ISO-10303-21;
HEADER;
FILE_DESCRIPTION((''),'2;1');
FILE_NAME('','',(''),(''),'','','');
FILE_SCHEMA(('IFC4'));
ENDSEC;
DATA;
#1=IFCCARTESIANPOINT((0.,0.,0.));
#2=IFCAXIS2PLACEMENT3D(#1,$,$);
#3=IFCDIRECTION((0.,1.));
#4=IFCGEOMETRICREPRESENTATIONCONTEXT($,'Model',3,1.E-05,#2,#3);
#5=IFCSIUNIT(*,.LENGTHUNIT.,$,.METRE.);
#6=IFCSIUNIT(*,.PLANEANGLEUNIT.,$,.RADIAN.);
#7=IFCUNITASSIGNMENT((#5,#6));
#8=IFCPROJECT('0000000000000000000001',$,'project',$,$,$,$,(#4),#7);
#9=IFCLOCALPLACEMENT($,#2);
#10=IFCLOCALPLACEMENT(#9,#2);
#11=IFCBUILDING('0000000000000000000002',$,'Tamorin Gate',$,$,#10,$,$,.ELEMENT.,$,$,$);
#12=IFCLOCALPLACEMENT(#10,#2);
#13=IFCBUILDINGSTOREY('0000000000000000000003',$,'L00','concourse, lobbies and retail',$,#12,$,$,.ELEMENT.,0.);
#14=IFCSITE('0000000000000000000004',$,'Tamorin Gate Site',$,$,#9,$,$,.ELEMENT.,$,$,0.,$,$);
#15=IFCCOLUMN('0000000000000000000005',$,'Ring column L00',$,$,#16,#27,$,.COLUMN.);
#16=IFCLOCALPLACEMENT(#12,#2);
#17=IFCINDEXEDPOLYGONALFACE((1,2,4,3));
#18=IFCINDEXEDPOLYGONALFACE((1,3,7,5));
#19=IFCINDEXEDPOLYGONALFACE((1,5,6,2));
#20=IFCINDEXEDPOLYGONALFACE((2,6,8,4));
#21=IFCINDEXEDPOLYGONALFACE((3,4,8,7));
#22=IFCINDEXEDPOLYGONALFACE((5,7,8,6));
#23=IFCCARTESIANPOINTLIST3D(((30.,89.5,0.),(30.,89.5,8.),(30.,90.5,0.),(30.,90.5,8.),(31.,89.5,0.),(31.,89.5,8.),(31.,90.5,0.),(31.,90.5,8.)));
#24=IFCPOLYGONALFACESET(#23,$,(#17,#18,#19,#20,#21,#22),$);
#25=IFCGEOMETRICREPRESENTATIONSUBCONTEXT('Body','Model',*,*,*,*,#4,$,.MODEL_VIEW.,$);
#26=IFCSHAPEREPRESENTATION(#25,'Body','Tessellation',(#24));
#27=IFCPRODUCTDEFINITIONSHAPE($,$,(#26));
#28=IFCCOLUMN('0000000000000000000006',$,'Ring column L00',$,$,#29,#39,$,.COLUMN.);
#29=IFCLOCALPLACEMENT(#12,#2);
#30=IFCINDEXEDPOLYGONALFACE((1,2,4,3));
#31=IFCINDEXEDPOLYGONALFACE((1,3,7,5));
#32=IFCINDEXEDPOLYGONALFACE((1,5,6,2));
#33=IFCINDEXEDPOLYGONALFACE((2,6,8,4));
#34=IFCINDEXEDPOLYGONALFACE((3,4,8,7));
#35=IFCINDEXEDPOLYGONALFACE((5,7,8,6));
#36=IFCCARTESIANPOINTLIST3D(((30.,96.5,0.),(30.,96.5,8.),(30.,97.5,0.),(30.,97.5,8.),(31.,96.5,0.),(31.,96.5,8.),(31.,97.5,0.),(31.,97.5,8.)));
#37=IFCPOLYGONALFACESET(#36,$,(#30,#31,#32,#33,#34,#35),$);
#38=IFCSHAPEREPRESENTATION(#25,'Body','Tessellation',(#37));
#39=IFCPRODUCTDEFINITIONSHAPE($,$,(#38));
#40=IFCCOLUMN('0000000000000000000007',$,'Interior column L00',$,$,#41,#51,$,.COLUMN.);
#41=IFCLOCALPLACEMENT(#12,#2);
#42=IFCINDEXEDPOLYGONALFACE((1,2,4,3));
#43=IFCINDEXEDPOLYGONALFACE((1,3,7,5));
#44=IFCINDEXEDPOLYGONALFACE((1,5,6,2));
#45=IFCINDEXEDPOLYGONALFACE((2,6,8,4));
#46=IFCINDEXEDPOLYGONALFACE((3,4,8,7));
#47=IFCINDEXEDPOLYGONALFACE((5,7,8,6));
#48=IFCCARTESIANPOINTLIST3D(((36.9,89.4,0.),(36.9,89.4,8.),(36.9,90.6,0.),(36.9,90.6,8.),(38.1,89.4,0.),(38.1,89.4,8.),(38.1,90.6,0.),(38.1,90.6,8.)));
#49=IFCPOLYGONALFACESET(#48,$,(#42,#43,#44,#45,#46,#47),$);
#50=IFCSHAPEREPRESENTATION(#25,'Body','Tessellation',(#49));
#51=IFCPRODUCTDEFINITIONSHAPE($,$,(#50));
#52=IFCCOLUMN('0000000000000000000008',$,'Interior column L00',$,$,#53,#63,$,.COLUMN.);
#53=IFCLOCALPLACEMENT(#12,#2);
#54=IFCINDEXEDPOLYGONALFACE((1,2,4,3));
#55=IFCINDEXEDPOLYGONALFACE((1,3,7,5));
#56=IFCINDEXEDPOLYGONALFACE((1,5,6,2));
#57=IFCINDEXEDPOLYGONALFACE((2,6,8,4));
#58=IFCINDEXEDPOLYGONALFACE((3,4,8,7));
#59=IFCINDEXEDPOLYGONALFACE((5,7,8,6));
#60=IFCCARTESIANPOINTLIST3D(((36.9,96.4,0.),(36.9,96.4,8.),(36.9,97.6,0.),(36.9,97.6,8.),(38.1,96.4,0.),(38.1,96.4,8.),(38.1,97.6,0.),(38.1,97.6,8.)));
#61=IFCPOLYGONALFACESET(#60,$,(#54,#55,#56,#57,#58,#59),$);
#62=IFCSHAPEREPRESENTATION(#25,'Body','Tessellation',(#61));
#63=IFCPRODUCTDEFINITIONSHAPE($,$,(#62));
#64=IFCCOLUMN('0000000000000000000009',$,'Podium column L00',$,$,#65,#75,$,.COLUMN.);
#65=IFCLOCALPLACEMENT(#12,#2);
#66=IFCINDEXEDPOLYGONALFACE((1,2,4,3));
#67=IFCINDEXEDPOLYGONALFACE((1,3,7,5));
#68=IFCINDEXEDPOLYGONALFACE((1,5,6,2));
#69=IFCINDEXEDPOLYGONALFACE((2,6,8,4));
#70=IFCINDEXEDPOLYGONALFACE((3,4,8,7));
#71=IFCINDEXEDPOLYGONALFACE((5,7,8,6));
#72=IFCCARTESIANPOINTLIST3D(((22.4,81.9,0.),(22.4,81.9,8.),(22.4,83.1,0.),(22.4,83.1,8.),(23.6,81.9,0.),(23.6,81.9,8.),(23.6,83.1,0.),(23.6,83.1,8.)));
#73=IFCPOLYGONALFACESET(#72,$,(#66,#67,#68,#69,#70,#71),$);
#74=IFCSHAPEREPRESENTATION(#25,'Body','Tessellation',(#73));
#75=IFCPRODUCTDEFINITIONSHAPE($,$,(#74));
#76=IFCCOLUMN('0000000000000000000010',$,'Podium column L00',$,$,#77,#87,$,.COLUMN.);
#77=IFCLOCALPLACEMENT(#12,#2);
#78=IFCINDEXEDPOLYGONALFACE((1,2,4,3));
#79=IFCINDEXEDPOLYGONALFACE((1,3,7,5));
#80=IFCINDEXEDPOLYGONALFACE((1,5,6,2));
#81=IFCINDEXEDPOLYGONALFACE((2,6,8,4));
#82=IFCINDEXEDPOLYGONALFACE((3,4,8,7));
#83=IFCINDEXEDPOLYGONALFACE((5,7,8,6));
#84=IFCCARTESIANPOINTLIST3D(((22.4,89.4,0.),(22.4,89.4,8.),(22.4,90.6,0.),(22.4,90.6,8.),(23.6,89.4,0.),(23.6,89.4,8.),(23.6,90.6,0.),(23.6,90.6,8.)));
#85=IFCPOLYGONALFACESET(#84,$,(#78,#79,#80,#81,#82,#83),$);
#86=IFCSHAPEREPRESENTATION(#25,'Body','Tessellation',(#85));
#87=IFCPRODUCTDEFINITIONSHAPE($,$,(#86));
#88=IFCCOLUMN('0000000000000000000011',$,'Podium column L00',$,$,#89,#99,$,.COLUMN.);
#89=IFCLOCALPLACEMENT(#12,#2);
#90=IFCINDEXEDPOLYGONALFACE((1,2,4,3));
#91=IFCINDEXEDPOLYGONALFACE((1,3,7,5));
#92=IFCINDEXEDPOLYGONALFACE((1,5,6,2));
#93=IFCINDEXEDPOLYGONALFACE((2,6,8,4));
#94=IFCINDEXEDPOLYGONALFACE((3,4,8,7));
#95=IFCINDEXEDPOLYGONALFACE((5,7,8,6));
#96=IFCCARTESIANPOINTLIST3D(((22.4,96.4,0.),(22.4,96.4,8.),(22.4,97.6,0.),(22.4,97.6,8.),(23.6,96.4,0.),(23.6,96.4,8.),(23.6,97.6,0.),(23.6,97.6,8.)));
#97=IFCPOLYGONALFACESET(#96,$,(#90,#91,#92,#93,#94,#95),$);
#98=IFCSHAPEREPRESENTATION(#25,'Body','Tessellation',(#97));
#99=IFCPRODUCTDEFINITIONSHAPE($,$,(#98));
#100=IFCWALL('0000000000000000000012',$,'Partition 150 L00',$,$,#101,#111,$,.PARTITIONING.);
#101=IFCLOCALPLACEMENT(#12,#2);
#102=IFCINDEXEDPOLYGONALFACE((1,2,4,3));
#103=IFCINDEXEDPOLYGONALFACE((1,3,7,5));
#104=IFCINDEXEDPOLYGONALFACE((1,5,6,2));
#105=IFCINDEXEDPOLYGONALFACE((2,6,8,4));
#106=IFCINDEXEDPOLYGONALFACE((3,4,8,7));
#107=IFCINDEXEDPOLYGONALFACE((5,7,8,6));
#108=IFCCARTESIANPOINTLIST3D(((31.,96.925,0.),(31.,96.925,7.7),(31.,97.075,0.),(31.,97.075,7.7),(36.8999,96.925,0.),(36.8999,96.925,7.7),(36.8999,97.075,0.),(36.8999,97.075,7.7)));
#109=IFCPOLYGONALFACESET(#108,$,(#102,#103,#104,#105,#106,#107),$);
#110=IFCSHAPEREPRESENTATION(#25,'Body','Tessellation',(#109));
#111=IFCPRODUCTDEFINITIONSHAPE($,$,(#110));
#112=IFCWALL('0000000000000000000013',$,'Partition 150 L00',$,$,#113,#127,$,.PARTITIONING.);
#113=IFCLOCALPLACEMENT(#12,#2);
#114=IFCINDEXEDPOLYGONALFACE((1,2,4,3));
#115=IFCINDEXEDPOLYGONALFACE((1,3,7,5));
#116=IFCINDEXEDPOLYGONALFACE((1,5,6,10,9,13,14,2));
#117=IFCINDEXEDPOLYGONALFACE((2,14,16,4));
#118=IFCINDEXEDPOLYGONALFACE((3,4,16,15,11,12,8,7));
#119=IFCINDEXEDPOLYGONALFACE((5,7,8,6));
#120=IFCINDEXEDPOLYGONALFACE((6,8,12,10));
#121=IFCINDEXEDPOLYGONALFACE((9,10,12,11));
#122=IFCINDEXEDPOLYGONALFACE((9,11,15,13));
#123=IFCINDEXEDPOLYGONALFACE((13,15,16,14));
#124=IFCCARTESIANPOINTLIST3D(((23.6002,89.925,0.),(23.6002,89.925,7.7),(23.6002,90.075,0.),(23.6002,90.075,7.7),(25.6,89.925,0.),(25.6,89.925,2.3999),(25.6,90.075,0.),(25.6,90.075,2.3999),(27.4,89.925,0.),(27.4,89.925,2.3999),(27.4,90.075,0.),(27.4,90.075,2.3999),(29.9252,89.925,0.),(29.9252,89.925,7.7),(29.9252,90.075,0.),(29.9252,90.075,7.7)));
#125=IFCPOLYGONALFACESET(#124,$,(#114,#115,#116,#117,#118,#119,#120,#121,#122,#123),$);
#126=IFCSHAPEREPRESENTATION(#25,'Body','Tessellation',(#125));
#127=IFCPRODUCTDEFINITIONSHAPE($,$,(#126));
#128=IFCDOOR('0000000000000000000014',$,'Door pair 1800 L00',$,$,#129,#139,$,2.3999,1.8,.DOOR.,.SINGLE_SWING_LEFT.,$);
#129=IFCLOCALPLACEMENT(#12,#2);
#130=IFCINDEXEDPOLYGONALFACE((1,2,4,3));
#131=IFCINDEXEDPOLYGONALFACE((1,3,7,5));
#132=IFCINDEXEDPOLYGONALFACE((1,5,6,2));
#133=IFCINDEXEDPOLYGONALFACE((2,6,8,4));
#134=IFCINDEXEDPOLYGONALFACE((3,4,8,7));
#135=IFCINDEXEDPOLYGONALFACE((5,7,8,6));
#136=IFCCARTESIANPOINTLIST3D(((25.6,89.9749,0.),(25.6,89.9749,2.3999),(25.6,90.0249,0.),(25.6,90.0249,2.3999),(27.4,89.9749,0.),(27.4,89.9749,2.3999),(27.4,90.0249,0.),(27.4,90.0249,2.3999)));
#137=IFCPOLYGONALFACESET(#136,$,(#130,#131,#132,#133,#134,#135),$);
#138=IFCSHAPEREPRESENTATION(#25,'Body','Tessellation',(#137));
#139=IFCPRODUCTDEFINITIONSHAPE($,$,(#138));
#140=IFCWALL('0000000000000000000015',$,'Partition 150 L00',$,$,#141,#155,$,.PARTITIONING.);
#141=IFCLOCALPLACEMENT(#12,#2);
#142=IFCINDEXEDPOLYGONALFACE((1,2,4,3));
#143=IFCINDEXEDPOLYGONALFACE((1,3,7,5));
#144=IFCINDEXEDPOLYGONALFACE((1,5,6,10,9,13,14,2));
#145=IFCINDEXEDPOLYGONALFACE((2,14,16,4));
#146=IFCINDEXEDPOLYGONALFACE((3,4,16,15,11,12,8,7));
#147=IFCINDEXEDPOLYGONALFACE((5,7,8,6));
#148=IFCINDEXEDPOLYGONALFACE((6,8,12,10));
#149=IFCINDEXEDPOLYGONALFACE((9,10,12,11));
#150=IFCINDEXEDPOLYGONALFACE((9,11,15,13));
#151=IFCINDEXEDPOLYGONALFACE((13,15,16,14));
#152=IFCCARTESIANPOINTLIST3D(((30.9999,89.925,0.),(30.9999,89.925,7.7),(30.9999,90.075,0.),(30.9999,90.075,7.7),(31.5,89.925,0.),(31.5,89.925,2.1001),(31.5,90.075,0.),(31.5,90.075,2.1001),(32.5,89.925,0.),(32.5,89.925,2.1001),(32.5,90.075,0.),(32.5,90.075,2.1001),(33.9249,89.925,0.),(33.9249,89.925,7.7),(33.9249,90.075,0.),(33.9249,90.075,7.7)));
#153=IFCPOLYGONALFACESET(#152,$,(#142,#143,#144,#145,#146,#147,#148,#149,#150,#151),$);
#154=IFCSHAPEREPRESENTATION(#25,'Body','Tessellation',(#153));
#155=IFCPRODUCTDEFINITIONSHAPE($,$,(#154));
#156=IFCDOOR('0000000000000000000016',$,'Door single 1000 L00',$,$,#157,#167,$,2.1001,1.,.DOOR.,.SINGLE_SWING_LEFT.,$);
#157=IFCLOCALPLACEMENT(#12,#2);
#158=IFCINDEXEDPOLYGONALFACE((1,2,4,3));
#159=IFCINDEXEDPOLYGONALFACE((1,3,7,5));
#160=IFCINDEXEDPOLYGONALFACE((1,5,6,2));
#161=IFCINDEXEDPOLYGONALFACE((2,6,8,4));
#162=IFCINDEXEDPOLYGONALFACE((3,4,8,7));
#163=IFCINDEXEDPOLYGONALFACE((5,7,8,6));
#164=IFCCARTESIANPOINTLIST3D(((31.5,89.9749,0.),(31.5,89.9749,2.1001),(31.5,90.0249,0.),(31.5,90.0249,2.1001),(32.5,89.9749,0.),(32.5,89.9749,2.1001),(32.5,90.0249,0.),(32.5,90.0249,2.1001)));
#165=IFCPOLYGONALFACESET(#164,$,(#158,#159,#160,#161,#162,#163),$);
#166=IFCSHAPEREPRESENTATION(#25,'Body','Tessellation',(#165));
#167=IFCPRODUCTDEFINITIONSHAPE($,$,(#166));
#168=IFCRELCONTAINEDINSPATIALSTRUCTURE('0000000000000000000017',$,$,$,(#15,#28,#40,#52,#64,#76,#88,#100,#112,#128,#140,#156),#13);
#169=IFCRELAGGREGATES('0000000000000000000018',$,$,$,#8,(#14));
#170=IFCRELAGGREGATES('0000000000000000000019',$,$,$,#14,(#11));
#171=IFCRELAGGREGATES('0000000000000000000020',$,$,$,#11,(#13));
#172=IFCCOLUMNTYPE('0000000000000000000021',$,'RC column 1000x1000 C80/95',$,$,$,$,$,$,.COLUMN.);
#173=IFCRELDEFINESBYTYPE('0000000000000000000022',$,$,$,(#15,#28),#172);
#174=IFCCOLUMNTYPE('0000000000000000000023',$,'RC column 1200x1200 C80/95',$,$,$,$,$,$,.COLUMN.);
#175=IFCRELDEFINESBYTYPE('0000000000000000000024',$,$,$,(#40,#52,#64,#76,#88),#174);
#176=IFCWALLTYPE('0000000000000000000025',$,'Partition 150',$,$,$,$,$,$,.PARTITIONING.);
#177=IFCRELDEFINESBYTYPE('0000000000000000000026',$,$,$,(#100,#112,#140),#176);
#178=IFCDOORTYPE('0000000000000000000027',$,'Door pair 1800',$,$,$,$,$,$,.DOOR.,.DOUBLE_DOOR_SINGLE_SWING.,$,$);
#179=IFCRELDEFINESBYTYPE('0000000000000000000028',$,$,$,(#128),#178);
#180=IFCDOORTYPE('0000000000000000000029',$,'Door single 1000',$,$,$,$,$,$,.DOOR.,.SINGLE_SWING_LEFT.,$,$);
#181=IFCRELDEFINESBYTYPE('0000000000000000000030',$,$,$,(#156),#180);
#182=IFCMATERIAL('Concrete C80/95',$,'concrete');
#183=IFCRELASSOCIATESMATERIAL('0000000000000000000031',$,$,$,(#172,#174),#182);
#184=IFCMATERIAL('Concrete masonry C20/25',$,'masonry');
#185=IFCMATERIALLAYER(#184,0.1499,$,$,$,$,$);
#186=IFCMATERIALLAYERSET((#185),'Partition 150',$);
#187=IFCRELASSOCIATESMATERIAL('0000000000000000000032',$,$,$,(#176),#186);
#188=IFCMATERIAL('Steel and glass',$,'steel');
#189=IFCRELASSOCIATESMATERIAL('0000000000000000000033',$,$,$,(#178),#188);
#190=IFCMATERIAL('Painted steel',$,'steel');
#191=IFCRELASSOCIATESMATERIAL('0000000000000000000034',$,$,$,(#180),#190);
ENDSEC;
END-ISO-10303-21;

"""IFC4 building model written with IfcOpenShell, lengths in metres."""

from ifc_helpers import new_model, si_unit, direction, frame, frame_2d, origin, origin_2d, place, context, subcontext, project, spatial, rectangle, extrude, material, layer, layer_set, material_profile, profile_set, type_object, element, fill, save


model = new_model("IFC4")

# Units and contexts
model_context = context("Model", 3, precision=1e-05, world=origin(), true_north=direction((0.0, 1.0)))
body_context = subcontext(model_context, "Body", "Model", "MODEL_VIEW")
ifc_project = project(units=[si_unit("LENGTHUNIT", "METRE"), si_unit("PLANEANGLEUNIT", "RADIAN")], contexts=[model_context])

# Site, building, storey
site_placement = place(None, origin())
site = spatial("IfcSite", under=ifc_project, at=site_placement, Name="Tamorin Gate Site", CompositionType="ELEMENT", RefElevation=0.0)
building_placement = place(site_placement, origin())
building = spatial("IfcBuilding", under=site, at=building_placement, Name="Tamorin Gate", CompositionType="ELEMENT")
storey_placement = place(building_placement, origin())
storey = spatial("IfcBuildingStorey", under=building, at=storey_placement, Name="L00", Description="concourse, lobbies and retail", CompositionType="ELEMENT", Elevation=0.0)

# Columns
ifc_material_1 = material(Name="Concrete C80/95", Category="concrete")
ifc_material_profile_1 = material_profile(ifc_material_1, rectangle(XDim=1.0, YDim=1.0, at=origin_2d()), Name="RC 1000x1000")
ifc_profile_set_1 = profile_set([ifc_material_profile_1], Name="Concrete C80/95")
column_type_1 = type_object("IfcColumnType", Name="RC column 1000x1000 C80/95", PredefinedType="COLUMN", material=ifc_profile_set_1)
for number, where, z_axis, x_axis, name in (
    (1, (30.5, 90.0, 0.0), (0.0, 0.0, 1.0), (1.0, 0.0, 0.0), "Ring column L00"),
    (2, (30.5, 97.0, 0.0), (0.0, 0.0, 1.0), (1.0, 0.0, 0.0), "Ring column L00"),
):
    element("IfcColumn", number, at=place(storey_placement, frame(where, z_axis=z_axis, x_axis=x_axis)), inside=storey, type_object=column_type_1, Name=name, PredefinedType="COLUMN", context=body_context, shape_type="SweptSolid", body=[
        extrude(rectangle(XDim=1.0, YDim=1.0, at=origin_2d()), origin(), (0.0, 0.0, 1.0), 8.0),
    ])
ifc_material_profile_2 = material_profile(ifc_material_1, rectangle(XDim=1.2, YDim=1.2, at=origin_2d()), Name="RC 1200x1200")
ifc_profile_set_2 = profile_set([ifc_material_profile_2], Name="Concrete C80/95")
column_type_2 = type_object("IfcColumnType", Name="RC column 1200x1200 C80/95", PredefinedType="COLUMN", material=ifc_profile_set_2)
for number, where, z_axis, x_axis, name in (
    (3, (37.5, 90.0, 0.0), (0.0, 0.0, 1.0), (1.0, 0.0, 0.0), "Interior column L00"),
    (4, (37.5, 97.0, 0.0), (0.0, 0.0, 1.0), (1.0, 0.0, 0.0), "Interior column L00"),
    (5, (23.0, 82.5, 0.0), (0.0, 0.0, 1.0), (1.0, 0.0, 0.0), "Podium column L00"),
    (6, (23.0, 90.0, 0.0), (0.0, 0.0, 1.0), (1.0, 0.0, 0.0), "Podium column L00"),
    (7, (23.0, 97.0, 0.0), (0.0, 0.0, 1.0), (1.0, 0.0, 0.0), "Podium column L00"),
):
    element("IfcColumn", number, at=place(storey_placement, frame(where, z_axis=z_axis, x_axis=x_axis)), inside=storey, type_object=column_type_2, Name=name, PredefinedType="COLUMN", context=body_context, shape_type="SweptSolid", body=[
        extrude(rectangle(XDim=1.2, YDim=1.2, at=origin_2d()), origin(), (0.0, 0.0, 1.0), 8.0),
    ])

# Wall
ifc_material_2 = material(Name="Concrete masonry C20/25", Category="masonry")
ifc_layer_1 = layer(ifc_material_2, 0.1499)
ifc_layer_set_1 = layer_set([ifc_layer_1], Name="Partition 150")
wall_type_1 = type_object("IfcWallType", Name="Partition 150", PredefinedType="PARTITIONING", material=ifc_layer_set_1)
wall_1_placement = place(storey_placement, frame((31.0, 97.0, 0.0), z_axis=(0.0, 0.0, 1.0), x_axis=(1.0, 0.0, 0.0)))
element("IfcWall", 8, at=wall_1_placement, inside=storey, type_object=wall_type_1, Name="Partition 150 L00", PredefinedType="PARTITIONING", context=body_context, shape_type="SweptSolid", body=[
    extrude(rectangle(XDim=5.8999, YDim=0.1499, at=frame_2d((2.95, 0.0))), origin(), (0.0, 0.0, 1.0), 7.7),
])

# Walls, openings, doors
wall_2_placement = place(storey_placement, frame((23.6001, 90.0, 0.0), z_axis=(0.0, 0.0, 1.0), x_axis=(1.0, 0.0, 0.0)))
wall_2 = element("IfcWall", 9, at=wall_2_placement, inside=storey, type_object=wall_type_1, Name="Partition 150 L00", PredefinedType="PARTITIONING", context=body_context, shape_type="SweptSolid", body=[
    extrude(rectangle(XDim=6.325, YDim=0.1499, at=frame_2d((3.1626, 0.0))), origin(), (0.0, 0.0, 1.0), 7.7),
])
opening_1_placement = place(wall_2_placement, frame((2.0, 0.0, 0.0)))
opening_1 = element("IfcOpeningElement", 10, at=opening_1_placement, cuts=wall_2, PredefinedType="OPENING", context=body_context, shape_type="SweptSolid", body=[
    extrude(rectangle(XDim=1.8, YDim=2.3999, at=frame_2d((0.8999, 1.2))), frame((0.0, 0.085, 0.0), z_axis=(0.0, -1.0, 0.0), x_axis=(1.0, 0.0, 0.0)), (0.0, 0.0, 1.0), 0.1699),
])
ifc_material_3 = material(Name="Steel and glass", Category="steel")
door_type_1 = type_object("IfcDoorType", Name="Door pair 1800", OperationType="DOUBLE_DOOR_SINGLE_SWING", PredefinedType="DOOR", material=ifc_material_3)
door_1_placement = place(opening_1_placement, origin())
door_1 = element("IfcDoor", 11, at=door_1_placement, inside=storey, type_object=door_type_1, Name="Door pair 1800 L00", OperationType="SINGLE_SWING_LEFT", OverallHeight=2.3999, OverallWidth=1.8, PredefinedType="DOOR", context=body_context, shape_type="SweptSolid", body=[
    extrude(rectangle(XDim=1.8, YDim=2.3999, at=frame_2d((0.8999, 1.2))), frame((0.0, 0.0249, 0.0), z_axis=(0.0, -1.0, 0.0), x_axis=(1.0, 0.0, 0.0)), (0.0, 0.0, 1.0), 0.05),
])
fill(opening_1, door_1)
wall_3_placement = place(storey_placement, frame((31.0, 90.0, 0.0), z_axis=(0.0, 0.0, 1.0), x_axis=(1.0, 0.0, 0.0)))
wall_3 = element("IfcWall", 12, at=wall_3_placement, inside=storey, type_object=wall_type_1, Name="Partition 150 L00", PredefinedType="PARTITIONING", context=body_context, shape_type="SweptSolid", body=[
    extrude(rectangle(XDim=2.925, YDim=0.1499, at=frame_2d((1.4624, 0.0))), origin(), (0.0, 0.0, 1.0), 7.7),
])
opening_2_placement = place(wall_3_placement, frame((0.5, 0.0, 0.0)))
opening_2 = element("IfcOpeningElement", 13, at=opening_2_placement, cuts=wall_3, PredefinedType="OPENING", context=body_context, shape_type="SweptSolid", body=[
    extrude(rectangle(XDim=1.0, YDim=2.1001, at=frame_2d((0.5, 1.05))), frame((0.0, 0.085, 0.0), z_axis=(0.0, -1.0, 0.0), x_axis=(1.0, 0.0, 0.0)), (0.0, 0.0, 1.0), 0.1699),
])
ifc_material_4 = material(Name="Painted steel", Category="steel")
door_type_2 = type_object("IfcDoorType", Name="Door single 1000", OperationType="SINGLE_SWING_LEFT", PredefinedType="DOOR", material=ifc_material_4)
door_2_placement = place(opening_2_placement, origin())
door_2 = element("IfcDoor", 14, at=door_2_placement, inside=storey, type_object=door_type_2, Name="Door single 1000 L00", OperationType="SINGLE_SWING_LEFT", OverallHeight=2.1001, OverallWidth=1.0, PredefinedType="DOOR", context=body_context, shape_type="SweptSolid", body=[
    extrude(rectangle(XDim=1.0, YDim=2.1001, at=frame_2d((0.5, 1.05))), frame((0.0, 0.0249, 0.0), z_axis=(0.0, -1.0, 0.0), x_axis=(1.0, 0.0, 0.0)), (0.0, 0.0, 1.0), 0.05),
])
fill(opening_2, door_2)

save(model, "model.ifc")
